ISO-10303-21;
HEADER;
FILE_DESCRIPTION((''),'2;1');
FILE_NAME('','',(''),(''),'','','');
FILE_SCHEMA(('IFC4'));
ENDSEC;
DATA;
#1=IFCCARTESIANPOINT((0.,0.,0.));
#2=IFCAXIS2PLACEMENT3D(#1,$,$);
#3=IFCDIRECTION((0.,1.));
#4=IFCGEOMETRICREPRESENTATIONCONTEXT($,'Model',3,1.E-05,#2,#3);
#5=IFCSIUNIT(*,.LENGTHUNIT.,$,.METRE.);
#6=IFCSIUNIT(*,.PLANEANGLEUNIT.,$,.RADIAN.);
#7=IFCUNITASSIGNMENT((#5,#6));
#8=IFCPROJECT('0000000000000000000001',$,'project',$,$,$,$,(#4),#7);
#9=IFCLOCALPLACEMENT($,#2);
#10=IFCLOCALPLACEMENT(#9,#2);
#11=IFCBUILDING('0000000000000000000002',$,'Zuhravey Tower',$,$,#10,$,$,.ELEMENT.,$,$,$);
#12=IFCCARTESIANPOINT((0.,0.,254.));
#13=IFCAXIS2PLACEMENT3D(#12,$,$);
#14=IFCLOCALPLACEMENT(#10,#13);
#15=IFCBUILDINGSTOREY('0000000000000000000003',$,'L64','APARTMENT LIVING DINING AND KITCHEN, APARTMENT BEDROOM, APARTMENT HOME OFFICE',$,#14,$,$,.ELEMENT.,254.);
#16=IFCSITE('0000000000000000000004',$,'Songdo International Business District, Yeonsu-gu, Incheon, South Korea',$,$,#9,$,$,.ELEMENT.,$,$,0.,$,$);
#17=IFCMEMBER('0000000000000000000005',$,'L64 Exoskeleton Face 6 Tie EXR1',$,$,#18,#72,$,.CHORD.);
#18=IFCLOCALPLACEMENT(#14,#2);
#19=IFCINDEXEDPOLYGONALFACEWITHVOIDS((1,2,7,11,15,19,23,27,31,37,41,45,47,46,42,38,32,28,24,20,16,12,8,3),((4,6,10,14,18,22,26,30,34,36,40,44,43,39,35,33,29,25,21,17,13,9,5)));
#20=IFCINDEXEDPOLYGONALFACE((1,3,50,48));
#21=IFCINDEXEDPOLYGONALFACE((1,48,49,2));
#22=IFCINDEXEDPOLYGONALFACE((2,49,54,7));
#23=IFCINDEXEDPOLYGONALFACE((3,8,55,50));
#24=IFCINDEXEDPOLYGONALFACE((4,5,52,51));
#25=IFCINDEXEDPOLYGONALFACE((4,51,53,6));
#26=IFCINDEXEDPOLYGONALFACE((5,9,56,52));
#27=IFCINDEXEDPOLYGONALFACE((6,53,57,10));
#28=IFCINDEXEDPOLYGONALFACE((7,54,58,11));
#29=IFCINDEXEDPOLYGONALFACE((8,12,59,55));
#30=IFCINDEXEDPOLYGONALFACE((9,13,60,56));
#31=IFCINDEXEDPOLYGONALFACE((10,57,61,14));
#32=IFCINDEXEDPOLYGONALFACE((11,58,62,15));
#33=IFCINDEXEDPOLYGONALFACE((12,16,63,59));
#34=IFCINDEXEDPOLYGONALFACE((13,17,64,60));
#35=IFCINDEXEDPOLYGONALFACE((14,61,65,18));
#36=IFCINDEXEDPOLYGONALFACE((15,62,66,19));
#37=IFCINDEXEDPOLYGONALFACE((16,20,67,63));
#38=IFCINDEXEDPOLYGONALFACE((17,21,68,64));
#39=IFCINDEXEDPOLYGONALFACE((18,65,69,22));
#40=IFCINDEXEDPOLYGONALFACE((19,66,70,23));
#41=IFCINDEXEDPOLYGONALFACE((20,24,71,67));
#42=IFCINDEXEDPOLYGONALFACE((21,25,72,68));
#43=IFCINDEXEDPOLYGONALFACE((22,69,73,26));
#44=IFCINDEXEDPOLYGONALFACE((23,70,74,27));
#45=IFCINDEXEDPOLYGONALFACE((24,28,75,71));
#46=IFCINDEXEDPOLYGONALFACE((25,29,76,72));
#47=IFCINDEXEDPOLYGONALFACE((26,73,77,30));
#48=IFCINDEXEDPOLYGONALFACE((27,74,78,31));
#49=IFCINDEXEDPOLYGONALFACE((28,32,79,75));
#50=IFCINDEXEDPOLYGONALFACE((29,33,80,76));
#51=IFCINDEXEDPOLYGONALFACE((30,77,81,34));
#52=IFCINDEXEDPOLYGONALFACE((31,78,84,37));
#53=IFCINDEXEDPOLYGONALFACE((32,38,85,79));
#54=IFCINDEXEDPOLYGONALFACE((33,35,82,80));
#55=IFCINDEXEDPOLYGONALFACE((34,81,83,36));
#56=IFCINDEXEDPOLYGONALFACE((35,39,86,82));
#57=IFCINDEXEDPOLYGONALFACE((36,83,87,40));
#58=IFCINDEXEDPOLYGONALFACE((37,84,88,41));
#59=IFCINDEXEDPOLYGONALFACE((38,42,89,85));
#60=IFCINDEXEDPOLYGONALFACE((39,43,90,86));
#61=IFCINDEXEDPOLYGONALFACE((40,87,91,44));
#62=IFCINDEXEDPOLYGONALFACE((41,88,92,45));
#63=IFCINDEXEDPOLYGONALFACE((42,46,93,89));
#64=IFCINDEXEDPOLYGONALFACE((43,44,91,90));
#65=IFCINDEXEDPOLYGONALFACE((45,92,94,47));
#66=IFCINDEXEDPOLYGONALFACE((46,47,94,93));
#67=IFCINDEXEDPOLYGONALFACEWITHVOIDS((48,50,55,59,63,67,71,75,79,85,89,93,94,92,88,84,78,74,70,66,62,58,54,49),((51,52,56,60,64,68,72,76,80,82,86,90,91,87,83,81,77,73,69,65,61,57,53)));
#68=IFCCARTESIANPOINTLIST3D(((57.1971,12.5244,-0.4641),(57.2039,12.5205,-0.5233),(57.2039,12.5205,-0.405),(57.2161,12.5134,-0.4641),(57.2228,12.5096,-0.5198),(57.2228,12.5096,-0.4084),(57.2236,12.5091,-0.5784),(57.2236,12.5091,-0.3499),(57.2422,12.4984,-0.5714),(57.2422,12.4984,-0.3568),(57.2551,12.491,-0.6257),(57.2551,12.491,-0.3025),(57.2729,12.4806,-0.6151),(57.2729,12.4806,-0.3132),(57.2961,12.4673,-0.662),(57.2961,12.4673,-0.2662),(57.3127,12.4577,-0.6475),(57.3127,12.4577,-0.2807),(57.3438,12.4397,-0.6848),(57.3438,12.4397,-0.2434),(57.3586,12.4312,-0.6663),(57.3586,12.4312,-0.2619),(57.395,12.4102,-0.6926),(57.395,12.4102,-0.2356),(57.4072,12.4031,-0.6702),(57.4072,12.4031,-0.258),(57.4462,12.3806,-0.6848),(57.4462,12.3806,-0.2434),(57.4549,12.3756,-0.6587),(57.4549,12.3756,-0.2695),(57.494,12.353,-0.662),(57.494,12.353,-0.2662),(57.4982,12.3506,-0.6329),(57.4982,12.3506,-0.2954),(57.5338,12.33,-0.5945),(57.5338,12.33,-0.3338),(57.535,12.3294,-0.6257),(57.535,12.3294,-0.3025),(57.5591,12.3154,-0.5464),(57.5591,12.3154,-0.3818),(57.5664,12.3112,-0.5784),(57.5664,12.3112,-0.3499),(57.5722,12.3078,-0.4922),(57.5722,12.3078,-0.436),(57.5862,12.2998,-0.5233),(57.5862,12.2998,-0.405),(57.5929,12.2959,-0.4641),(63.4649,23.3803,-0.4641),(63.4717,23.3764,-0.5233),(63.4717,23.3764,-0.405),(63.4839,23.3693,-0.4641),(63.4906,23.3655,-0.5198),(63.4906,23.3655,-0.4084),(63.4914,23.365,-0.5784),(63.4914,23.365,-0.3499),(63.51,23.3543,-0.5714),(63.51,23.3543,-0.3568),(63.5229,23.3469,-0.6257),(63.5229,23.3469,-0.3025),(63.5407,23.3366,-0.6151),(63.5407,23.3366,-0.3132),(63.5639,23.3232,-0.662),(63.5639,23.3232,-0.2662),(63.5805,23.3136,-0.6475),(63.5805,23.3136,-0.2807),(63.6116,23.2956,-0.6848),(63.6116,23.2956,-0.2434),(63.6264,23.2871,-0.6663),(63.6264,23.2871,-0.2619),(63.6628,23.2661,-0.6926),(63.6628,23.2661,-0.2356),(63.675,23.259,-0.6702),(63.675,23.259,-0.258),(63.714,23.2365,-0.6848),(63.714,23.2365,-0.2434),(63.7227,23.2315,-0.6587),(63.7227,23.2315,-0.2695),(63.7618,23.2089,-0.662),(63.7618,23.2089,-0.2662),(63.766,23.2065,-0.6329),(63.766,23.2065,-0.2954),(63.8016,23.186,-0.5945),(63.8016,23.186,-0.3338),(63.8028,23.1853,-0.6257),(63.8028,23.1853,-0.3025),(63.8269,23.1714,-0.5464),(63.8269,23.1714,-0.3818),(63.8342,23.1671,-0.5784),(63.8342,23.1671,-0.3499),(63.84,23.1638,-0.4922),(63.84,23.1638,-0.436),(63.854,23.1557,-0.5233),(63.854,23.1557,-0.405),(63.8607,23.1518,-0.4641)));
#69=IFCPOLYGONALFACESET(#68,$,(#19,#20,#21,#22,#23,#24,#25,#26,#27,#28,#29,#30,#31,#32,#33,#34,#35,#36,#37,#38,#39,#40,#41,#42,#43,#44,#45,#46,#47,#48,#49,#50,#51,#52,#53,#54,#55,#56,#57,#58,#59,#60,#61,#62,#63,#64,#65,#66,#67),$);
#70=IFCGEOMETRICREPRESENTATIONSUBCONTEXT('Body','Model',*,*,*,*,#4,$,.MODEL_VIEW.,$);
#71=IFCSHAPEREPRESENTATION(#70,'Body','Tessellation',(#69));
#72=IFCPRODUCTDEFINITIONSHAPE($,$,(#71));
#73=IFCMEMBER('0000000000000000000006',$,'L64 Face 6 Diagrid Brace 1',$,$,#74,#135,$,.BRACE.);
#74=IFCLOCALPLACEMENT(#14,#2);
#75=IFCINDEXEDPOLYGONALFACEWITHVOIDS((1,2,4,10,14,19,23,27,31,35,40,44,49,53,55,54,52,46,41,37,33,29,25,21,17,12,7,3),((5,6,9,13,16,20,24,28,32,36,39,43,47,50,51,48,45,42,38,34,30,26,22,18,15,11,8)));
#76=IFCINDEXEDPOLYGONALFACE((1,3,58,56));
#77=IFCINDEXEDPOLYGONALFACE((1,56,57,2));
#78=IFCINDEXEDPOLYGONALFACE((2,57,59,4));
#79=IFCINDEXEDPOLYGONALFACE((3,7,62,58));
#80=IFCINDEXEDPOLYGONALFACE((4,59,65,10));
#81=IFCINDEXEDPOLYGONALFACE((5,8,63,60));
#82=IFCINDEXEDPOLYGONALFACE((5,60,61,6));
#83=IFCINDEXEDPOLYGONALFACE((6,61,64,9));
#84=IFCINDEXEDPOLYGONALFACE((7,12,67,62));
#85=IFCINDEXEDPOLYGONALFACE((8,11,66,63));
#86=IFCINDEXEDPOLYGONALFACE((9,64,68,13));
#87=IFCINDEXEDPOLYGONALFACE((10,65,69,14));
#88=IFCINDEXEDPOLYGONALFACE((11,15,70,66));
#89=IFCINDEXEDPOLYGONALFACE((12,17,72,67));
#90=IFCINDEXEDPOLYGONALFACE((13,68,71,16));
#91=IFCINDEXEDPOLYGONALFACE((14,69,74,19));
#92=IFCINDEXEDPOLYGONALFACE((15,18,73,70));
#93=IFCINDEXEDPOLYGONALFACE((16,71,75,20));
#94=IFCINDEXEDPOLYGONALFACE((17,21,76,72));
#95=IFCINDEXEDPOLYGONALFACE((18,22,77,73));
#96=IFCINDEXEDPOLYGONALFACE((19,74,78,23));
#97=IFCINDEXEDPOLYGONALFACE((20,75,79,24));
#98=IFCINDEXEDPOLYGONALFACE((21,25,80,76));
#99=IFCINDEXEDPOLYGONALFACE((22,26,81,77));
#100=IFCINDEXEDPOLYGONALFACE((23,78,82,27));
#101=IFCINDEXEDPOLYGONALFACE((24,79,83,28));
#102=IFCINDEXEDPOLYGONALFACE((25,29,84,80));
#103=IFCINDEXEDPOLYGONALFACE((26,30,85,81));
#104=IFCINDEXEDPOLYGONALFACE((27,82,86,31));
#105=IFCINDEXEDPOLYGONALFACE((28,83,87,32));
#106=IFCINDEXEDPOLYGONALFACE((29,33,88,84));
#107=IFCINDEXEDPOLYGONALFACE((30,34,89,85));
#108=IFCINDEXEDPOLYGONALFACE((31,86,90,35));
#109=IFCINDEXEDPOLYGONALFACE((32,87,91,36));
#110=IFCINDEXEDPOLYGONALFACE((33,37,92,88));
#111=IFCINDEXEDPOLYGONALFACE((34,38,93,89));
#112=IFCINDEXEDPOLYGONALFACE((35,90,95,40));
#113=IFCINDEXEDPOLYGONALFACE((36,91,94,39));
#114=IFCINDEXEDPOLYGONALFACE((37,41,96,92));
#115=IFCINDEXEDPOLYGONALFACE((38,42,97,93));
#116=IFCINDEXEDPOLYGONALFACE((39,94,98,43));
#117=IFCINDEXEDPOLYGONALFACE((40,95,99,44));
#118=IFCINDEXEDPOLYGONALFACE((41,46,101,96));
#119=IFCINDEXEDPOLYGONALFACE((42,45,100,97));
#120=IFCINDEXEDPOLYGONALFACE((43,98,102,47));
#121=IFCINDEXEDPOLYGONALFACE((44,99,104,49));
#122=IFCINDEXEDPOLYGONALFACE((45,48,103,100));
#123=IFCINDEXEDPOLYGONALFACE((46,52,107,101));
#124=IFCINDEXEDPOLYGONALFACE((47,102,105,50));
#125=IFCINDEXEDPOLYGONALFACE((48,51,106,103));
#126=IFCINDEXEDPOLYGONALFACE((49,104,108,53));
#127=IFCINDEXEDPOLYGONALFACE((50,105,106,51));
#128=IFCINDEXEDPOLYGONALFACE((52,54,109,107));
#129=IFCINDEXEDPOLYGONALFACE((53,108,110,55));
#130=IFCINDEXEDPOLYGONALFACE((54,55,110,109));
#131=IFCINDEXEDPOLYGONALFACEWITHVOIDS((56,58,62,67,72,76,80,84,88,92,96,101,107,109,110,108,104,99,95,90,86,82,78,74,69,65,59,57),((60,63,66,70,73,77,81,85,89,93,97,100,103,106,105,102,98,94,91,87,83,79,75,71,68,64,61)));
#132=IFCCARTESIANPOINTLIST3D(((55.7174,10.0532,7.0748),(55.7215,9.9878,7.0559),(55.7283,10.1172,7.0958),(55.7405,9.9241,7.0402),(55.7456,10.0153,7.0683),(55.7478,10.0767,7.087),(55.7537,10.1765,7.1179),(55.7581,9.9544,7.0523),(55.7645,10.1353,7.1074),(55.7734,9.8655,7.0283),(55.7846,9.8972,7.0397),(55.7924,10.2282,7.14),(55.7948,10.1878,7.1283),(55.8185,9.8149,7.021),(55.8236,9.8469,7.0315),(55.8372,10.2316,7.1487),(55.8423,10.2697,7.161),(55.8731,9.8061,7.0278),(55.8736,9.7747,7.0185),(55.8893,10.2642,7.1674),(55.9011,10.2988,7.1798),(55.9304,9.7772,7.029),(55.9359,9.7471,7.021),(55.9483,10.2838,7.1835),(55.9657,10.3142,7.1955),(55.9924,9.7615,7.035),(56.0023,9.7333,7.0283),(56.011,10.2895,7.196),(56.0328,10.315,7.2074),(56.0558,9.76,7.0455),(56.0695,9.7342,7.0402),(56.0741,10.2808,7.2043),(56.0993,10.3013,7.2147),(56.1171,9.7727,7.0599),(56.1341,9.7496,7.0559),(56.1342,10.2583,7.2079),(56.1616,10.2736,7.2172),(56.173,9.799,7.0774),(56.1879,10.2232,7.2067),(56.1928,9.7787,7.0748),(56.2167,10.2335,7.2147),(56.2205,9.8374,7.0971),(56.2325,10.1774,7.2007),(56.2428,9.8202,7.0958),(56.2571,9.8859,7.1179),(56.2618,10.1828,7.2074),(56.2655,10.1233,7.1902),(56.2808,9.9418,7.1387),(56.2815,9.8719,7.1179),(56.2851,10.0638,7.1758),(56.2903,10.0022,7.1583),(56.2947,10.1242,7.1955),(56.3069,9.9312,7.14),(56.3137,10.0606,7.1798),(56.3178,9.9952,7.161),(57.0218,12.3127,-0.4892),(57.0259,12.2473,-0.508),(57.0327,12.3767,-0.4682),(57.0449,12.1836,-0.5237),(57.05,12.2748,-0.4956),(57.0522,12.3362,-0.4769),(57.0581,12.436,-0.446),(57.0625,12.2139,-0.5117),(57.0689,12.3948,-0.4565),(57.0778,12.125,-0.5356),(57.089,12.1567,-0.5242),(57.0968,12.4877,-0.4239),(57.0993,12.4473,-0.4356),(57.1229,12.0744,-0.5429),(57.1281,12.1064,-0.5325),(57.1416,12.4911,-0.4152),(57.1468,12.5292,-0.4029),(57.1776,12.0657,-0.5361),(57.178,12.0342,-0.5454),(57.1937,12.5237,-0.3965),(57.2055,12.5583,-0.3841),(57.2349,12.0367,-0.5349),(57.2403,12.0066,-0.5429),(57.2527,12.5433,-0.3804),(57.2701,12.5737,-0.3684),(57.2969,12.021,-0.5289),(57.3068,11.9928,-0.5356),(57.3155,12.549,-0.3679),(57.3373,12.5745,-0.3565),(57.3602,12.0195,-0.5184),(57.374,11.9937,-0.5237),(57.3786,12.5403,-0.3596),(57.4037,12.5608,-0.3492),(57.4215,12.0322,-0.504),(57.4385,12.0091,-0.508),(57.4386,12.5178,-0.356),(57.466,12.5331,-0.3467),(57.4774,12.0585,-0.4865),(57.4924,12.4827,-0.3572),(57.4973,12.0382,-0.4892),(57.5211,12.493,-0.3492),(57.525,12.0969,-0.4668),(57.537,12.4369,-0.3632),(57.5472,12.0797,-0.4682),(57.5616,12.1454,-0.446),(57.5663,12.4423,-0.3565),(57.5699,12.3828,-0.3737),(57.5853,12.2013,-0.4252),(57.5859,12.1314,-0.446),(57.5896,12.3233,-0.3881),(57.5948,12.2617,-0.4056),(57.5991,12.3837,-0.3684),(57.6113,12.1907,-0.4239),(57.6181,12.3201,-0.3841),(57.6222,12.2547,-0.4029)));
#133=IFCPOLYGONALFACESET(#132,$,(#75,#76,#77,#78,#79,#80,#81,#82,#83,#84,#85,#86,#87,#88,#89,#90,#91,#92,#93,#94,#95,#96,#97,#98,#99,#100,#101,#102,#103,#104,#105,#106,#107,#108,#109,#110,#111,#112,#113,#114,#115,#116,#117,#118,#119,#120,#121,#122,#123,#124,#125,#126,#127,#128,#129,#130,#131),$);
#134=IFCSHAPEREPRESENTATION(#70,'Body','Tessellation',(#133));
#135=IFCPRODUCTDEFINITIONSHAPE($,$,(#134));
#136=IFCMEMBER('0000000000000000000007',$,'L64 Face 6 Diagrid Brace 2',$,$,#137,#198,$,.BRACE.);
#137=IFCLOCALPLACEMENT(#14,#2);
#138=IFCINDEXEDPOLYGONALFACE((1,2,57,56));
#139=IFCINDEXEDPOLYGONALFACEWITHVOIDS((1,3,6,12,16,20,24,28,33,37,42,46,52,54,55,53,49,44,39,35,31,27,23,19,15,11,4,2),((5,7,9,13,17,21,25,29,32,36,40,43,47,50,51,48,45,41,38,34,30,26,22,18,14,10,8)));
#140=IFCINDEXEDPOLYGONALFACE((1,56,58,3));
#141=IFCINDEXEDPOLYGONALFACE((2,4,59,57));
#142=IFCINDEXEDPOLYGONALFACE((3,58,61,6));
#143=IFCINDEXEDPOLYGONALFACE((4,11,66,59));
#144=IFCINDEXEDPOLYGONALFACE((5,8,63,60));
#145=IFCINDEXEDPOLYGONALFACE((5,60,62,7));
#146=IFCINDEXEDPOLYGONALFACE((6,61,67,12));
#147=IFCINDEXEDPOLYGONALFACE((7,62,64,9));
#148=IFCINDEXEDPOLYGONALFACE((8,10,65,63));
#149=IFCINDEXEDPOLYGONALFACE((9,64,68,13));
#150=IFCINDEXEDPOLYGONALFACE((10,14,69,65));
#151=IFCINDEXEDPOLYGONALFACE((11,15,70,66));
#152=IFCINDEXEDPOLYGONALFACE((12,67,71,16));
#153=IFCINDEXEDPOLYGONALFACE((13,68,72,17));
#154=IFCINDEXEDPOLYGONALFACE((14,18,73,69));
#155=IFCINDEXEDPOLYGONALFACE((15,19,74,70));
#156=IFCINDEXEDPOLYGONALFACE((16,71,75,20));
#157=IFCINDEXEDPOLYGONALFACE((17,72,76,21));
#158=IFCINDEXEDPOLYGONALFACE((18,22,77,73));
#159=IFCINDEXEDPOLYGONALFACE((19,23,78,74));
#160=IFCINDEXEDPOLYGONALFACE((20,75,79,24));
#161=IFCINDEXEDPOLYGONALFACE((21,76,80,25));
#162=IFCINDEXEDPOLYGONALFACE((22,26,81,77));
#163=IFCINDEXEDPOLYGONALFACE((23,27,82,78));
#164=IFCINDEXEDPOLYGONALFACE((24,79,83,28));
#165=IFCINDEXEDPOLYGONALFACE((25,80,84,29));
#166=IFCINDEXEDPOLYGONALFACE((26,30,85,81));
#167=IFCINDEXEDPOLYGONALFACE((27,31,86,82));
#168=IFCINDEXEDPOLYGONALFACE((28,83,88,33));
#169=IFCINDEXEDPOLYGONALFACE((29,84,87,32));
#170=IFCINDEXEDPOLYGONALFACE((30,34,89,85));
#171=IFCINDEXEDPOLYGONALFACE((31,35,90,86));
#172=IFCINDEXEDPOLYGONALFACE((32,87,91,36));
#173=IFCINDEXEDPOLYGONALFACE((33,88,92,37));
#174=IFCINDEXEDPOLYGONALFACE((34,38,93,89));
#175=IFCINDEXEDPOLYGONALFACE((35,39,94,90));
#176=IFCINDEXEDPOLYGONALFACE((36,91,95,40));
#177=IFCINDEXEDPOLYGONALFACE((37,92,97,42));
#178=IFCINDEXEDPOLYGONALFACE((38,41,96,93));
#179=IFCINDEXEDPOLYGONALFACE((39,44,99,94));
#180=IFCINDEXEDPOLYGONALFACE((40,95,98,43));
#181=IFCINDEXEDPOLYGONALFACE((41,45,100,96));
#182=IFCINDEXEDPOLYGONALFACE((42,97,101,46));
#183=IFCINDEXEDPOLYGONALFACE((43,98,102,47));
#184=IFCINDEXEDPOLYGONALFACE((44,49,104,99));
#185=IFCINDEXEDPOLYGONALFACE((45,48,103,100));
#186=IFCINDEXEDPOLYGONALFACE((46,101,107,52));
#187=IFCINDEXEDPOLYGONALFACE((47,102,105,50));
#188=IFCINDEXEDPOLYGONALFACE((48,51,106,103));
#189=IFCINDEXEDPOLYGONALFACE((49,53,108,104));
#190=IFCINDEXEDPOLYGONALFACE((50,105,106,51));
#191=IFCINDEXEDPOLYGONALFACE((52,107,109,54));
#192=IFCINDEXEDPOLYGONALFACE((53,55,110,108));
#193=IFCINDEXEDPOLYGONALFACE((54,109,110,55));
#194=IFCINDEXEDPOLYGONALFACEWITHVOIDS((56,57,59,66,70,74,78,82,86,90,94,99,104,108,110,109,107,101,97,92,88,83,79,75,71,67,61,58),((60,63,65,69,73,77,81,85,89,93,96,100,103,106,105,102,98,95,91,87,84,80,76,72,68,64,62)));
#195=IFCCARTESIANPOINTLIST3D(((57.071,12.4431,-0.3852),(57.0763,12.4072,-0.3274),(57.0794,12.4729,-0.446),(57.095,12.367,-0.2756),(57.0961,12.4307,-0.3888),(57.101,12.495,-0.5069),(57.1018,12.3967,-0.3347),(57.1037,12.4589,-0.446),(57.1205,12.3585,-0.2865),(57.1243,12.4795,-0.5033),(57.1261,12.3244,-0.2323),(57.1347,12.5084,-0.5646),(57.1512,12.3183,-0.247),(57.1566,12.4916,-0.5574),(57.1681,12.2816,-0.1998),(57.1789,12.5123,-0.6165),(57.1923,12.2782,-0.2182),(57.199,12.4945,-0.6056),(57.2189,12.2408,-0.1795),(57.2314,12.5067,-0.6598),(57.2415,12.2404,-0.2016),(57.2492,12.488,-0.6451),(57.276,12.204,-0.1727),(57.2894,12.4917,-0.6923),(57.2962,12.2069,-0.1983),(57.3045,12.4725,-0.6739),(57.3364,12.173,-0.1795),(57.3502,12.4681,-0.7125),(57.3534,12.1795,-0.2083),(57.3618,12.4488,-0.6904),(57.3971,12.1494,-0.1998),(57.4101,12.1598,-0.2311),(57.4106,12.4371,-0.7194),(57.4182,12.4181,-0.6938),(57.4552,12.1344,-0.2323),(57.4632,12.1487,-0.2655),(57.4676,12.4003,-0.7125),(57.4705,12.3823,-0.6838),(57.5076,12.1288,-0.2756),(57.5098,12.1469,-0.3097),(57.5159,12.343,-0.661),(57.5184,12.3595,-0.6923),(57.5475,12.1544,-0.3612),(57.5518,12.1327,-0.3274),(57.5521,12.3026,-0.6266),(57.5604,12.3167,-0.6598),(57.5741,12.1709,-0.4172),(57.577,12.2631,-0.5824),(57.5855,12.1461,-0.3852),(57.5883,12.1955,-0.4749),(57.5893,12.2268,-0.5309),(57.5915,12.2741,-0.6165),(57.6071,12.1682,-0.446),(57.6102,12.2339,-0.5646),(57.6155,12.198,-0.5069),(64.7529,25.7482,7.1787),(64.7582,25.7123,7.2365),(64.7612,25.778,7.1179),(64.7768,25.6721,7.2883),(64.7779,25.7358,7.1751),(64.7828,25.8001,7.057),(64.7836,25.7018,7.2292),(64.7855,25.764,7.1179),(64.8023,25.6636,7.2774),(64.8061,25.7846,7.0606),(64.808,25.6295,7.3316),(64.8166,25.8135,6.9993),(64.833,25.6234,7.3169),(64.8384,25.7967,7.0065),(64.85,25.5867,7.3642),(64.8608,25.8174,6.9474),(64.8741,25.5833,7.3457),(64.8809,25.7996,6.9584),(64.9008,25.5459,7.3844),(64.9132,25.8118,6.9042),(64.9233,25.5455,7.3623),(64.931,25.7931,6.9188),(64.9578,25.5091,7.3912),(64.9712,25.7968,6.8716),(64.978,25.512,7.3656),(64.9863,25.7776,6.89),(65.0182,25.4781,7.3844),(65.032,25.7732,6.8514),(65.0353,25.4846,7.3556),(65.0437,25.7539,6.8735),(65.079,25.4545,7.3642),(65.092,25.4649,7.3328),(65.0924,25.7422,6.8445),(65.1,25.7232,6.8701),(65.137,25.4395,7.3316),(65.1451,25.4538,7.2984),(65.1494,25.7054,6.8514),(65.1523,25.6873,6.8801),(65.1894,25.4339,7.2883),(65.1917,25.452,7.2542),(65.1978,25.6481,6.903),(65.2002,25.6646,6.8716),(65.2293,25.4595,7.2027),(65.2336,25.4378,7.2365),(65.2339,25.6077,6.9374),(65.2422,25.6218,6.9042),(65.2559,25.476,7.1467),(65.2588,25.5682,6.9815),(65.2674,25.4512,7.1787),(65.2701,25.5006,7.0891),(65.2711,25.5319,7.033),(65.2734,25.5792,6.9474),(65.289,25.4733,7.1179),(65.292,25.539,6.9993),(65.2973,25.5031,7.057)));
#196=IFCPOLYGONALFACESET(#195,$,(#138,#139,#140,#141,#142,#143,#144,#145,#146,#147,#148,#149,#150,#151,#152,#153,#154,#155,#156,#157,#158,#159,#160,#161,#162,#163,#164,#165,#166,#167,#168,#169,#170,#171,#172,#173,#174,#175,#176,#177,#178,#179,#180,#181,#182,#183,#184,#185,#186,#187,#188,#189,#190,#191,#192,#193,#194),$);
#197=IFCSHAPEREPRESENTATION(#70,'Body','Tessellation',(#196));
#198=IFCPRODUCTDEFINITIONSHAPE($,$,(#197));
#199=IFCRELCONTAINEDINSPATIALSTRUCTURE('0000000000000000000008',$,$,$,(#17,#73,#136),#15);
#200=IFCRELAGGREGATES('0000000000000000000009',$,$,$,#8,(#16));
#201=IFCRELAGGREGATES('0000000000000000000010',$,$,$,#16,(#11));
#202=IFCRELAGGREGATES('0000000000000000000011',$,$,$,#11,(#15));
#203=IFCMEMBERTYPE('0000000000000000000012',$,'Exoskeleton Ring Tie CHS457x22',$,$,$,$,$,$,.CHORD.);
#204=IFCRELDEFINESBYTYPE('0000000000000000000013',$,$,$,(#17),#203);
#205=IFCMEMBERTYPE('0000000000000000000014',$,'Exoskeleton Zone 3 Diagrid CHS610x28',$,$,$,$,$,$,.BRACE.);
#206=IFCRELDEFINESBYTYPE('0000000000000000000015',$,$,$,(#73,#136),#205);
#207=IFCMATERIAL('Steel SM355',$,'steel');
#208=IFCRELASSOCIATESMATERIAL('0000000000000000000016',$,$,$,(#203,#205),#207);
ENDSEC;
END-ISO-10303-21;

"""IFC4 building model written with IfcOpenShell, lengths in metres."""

from ifc_helpers import new_model, si_unit, direction, frame, origin, origin_2d, place, context, subcontext, project, spatial, hollow_circle, extrude, material, material_profile, profile_set, type_object, element, save


model = new_model("IFC4")

# Units and contexts
model_context = context("Model", 3, precision=1e-05, world=origin(), true_north=direction((0.0, 1.0)))
body_context = subcontext(model_context, "Body", "Model", "MODEL_VIEW")
ifc_project = project(units=[si_unit("LENGTHUNIT", "METRE"), si_unit("PLANEANGLEUNIT", "RADIAN")], contexts=[model_context])

# Site, building, storey
site_placement = place(None, origin())
site = spatial("IfcSite", under=ifc_project, at=site_placement, Name="Songdo International Business District, Yeonsu-gu, Incheon, South Korea", CompositionType="ELEMENT", RefElevation=0.0)
building_placement = place(site_placement, origin())
building = spatial("IfcBuilding", under=site, at=building_placement, Name="Zuhravey Tower", CompositionType="ELEMENT")
storey_placement = place(building_placement, frame((0.0, 0.0, 254.0)))
storey = spatial("IfcBuildingStorey", under=building, at=storey_placement, Name="L64", Description="APARTMENT LIVING DINING AND KITCHEN, APARTMENT BEDROOM, APARTMENT HOME OFFICE", CompositionType="ELEMENT", Elevation=254.0)

# Members
ifc_material_1 = material(Name="Steel SM355", Category="steel")
ifc_material_profile_1 = material_profile(ifc_material_1, hollow_circle(Radius=0.2285, WallThickness=0.022, at=origin_2d()), Name="CHS-457.2x22")
ifc_profile_set_1 = profile_set([ifc_material_profile_1], Name="Steel SM355")
member_type_1 = type_object("IfcMemberType", Name="Exoskeleton Ring Tie CHS457x22", PredefinedType="CHORD", material=ifc_profile_set_1)
member_1_placement = place(storey_placement, frame((57.395, 12.4102, -0.4641), z_axis=(0.500008, 0.866021, 0.0), x_axis=(-0.866021, 0.500008, 0.0)))
element("IfcMember", 1, at=member_1_placement, inside=storey, type_object=member_type_1, Name="L64 Exoskeleton Face 6 Tie EXR1", PredefinedType="CHORD", context=body_context, shape_type="SweptSolid", body=[
    extrude(hollow_circle(Radius=0.2285, WallThickness=0.022, at=origin_2d()), origin(), (0.0, 0.0, 1.0), 12.5354),
])
ifc_material_profile_2 = material_profile(ifc_material_1, hollow_circle(Radius=0.3047, WallThickness=0.0281, at=origin_2d()), Name="CHS-609.6x28")
ifc_profile_set_2 = profile_set([ifc_material_profile_2], Name="Steel SM355")
member_type_2 = type_object("IfcMemberType", Name="Exoskeleton Zone 3 Diagrid CHS610x28", PredefinedType="BRACE", material=ifc_profile_set_2)
member_2_placement = place(storey_placement, frame((57.322, 12.2837, -0.446), z_axis=(-0.163029, -0.282395, 0.945344), x_axis=(0.866041, -0.499974, 0.0)))
element("IfcMember", 2, at=member_2_placement, inside=storey, type_object=member_type_2, Name="L64 Face 6 Diagrid Brace 1", PredefinedType="BRACE", context=body_context, shape_type="SweptSolid", body=[
    extrude(hollow_circle(Radius=0.3047, WallThickness=0.0281, at=origin_2d()), origin(), (0.0, 0.0, 1.0), 8.0012),
])
member_3_placement = place(storey_placement, frame((57.3433, 12.3206, -0.446), z_axis=(0.448587, 0.776962, 0.441701), x_axis=(-0.866022, 0.500007, 0.0)))
element("IfcMember", 3, at=member_3_placement, inside=storey, type_object=member_type_2, Name="L64 Face 6 Diagrid Brace 2", PredefinedType="BRACE", context=body_context, shape_type="SweptSolid", body=[
    extrude(hollow_circle(Radius=0.3047, WallThickness=0.0281, at=origin_2d()), origin(), (0.0, 0.0, 1.0), 17.1245),
])

save(model, "model.ifc")
